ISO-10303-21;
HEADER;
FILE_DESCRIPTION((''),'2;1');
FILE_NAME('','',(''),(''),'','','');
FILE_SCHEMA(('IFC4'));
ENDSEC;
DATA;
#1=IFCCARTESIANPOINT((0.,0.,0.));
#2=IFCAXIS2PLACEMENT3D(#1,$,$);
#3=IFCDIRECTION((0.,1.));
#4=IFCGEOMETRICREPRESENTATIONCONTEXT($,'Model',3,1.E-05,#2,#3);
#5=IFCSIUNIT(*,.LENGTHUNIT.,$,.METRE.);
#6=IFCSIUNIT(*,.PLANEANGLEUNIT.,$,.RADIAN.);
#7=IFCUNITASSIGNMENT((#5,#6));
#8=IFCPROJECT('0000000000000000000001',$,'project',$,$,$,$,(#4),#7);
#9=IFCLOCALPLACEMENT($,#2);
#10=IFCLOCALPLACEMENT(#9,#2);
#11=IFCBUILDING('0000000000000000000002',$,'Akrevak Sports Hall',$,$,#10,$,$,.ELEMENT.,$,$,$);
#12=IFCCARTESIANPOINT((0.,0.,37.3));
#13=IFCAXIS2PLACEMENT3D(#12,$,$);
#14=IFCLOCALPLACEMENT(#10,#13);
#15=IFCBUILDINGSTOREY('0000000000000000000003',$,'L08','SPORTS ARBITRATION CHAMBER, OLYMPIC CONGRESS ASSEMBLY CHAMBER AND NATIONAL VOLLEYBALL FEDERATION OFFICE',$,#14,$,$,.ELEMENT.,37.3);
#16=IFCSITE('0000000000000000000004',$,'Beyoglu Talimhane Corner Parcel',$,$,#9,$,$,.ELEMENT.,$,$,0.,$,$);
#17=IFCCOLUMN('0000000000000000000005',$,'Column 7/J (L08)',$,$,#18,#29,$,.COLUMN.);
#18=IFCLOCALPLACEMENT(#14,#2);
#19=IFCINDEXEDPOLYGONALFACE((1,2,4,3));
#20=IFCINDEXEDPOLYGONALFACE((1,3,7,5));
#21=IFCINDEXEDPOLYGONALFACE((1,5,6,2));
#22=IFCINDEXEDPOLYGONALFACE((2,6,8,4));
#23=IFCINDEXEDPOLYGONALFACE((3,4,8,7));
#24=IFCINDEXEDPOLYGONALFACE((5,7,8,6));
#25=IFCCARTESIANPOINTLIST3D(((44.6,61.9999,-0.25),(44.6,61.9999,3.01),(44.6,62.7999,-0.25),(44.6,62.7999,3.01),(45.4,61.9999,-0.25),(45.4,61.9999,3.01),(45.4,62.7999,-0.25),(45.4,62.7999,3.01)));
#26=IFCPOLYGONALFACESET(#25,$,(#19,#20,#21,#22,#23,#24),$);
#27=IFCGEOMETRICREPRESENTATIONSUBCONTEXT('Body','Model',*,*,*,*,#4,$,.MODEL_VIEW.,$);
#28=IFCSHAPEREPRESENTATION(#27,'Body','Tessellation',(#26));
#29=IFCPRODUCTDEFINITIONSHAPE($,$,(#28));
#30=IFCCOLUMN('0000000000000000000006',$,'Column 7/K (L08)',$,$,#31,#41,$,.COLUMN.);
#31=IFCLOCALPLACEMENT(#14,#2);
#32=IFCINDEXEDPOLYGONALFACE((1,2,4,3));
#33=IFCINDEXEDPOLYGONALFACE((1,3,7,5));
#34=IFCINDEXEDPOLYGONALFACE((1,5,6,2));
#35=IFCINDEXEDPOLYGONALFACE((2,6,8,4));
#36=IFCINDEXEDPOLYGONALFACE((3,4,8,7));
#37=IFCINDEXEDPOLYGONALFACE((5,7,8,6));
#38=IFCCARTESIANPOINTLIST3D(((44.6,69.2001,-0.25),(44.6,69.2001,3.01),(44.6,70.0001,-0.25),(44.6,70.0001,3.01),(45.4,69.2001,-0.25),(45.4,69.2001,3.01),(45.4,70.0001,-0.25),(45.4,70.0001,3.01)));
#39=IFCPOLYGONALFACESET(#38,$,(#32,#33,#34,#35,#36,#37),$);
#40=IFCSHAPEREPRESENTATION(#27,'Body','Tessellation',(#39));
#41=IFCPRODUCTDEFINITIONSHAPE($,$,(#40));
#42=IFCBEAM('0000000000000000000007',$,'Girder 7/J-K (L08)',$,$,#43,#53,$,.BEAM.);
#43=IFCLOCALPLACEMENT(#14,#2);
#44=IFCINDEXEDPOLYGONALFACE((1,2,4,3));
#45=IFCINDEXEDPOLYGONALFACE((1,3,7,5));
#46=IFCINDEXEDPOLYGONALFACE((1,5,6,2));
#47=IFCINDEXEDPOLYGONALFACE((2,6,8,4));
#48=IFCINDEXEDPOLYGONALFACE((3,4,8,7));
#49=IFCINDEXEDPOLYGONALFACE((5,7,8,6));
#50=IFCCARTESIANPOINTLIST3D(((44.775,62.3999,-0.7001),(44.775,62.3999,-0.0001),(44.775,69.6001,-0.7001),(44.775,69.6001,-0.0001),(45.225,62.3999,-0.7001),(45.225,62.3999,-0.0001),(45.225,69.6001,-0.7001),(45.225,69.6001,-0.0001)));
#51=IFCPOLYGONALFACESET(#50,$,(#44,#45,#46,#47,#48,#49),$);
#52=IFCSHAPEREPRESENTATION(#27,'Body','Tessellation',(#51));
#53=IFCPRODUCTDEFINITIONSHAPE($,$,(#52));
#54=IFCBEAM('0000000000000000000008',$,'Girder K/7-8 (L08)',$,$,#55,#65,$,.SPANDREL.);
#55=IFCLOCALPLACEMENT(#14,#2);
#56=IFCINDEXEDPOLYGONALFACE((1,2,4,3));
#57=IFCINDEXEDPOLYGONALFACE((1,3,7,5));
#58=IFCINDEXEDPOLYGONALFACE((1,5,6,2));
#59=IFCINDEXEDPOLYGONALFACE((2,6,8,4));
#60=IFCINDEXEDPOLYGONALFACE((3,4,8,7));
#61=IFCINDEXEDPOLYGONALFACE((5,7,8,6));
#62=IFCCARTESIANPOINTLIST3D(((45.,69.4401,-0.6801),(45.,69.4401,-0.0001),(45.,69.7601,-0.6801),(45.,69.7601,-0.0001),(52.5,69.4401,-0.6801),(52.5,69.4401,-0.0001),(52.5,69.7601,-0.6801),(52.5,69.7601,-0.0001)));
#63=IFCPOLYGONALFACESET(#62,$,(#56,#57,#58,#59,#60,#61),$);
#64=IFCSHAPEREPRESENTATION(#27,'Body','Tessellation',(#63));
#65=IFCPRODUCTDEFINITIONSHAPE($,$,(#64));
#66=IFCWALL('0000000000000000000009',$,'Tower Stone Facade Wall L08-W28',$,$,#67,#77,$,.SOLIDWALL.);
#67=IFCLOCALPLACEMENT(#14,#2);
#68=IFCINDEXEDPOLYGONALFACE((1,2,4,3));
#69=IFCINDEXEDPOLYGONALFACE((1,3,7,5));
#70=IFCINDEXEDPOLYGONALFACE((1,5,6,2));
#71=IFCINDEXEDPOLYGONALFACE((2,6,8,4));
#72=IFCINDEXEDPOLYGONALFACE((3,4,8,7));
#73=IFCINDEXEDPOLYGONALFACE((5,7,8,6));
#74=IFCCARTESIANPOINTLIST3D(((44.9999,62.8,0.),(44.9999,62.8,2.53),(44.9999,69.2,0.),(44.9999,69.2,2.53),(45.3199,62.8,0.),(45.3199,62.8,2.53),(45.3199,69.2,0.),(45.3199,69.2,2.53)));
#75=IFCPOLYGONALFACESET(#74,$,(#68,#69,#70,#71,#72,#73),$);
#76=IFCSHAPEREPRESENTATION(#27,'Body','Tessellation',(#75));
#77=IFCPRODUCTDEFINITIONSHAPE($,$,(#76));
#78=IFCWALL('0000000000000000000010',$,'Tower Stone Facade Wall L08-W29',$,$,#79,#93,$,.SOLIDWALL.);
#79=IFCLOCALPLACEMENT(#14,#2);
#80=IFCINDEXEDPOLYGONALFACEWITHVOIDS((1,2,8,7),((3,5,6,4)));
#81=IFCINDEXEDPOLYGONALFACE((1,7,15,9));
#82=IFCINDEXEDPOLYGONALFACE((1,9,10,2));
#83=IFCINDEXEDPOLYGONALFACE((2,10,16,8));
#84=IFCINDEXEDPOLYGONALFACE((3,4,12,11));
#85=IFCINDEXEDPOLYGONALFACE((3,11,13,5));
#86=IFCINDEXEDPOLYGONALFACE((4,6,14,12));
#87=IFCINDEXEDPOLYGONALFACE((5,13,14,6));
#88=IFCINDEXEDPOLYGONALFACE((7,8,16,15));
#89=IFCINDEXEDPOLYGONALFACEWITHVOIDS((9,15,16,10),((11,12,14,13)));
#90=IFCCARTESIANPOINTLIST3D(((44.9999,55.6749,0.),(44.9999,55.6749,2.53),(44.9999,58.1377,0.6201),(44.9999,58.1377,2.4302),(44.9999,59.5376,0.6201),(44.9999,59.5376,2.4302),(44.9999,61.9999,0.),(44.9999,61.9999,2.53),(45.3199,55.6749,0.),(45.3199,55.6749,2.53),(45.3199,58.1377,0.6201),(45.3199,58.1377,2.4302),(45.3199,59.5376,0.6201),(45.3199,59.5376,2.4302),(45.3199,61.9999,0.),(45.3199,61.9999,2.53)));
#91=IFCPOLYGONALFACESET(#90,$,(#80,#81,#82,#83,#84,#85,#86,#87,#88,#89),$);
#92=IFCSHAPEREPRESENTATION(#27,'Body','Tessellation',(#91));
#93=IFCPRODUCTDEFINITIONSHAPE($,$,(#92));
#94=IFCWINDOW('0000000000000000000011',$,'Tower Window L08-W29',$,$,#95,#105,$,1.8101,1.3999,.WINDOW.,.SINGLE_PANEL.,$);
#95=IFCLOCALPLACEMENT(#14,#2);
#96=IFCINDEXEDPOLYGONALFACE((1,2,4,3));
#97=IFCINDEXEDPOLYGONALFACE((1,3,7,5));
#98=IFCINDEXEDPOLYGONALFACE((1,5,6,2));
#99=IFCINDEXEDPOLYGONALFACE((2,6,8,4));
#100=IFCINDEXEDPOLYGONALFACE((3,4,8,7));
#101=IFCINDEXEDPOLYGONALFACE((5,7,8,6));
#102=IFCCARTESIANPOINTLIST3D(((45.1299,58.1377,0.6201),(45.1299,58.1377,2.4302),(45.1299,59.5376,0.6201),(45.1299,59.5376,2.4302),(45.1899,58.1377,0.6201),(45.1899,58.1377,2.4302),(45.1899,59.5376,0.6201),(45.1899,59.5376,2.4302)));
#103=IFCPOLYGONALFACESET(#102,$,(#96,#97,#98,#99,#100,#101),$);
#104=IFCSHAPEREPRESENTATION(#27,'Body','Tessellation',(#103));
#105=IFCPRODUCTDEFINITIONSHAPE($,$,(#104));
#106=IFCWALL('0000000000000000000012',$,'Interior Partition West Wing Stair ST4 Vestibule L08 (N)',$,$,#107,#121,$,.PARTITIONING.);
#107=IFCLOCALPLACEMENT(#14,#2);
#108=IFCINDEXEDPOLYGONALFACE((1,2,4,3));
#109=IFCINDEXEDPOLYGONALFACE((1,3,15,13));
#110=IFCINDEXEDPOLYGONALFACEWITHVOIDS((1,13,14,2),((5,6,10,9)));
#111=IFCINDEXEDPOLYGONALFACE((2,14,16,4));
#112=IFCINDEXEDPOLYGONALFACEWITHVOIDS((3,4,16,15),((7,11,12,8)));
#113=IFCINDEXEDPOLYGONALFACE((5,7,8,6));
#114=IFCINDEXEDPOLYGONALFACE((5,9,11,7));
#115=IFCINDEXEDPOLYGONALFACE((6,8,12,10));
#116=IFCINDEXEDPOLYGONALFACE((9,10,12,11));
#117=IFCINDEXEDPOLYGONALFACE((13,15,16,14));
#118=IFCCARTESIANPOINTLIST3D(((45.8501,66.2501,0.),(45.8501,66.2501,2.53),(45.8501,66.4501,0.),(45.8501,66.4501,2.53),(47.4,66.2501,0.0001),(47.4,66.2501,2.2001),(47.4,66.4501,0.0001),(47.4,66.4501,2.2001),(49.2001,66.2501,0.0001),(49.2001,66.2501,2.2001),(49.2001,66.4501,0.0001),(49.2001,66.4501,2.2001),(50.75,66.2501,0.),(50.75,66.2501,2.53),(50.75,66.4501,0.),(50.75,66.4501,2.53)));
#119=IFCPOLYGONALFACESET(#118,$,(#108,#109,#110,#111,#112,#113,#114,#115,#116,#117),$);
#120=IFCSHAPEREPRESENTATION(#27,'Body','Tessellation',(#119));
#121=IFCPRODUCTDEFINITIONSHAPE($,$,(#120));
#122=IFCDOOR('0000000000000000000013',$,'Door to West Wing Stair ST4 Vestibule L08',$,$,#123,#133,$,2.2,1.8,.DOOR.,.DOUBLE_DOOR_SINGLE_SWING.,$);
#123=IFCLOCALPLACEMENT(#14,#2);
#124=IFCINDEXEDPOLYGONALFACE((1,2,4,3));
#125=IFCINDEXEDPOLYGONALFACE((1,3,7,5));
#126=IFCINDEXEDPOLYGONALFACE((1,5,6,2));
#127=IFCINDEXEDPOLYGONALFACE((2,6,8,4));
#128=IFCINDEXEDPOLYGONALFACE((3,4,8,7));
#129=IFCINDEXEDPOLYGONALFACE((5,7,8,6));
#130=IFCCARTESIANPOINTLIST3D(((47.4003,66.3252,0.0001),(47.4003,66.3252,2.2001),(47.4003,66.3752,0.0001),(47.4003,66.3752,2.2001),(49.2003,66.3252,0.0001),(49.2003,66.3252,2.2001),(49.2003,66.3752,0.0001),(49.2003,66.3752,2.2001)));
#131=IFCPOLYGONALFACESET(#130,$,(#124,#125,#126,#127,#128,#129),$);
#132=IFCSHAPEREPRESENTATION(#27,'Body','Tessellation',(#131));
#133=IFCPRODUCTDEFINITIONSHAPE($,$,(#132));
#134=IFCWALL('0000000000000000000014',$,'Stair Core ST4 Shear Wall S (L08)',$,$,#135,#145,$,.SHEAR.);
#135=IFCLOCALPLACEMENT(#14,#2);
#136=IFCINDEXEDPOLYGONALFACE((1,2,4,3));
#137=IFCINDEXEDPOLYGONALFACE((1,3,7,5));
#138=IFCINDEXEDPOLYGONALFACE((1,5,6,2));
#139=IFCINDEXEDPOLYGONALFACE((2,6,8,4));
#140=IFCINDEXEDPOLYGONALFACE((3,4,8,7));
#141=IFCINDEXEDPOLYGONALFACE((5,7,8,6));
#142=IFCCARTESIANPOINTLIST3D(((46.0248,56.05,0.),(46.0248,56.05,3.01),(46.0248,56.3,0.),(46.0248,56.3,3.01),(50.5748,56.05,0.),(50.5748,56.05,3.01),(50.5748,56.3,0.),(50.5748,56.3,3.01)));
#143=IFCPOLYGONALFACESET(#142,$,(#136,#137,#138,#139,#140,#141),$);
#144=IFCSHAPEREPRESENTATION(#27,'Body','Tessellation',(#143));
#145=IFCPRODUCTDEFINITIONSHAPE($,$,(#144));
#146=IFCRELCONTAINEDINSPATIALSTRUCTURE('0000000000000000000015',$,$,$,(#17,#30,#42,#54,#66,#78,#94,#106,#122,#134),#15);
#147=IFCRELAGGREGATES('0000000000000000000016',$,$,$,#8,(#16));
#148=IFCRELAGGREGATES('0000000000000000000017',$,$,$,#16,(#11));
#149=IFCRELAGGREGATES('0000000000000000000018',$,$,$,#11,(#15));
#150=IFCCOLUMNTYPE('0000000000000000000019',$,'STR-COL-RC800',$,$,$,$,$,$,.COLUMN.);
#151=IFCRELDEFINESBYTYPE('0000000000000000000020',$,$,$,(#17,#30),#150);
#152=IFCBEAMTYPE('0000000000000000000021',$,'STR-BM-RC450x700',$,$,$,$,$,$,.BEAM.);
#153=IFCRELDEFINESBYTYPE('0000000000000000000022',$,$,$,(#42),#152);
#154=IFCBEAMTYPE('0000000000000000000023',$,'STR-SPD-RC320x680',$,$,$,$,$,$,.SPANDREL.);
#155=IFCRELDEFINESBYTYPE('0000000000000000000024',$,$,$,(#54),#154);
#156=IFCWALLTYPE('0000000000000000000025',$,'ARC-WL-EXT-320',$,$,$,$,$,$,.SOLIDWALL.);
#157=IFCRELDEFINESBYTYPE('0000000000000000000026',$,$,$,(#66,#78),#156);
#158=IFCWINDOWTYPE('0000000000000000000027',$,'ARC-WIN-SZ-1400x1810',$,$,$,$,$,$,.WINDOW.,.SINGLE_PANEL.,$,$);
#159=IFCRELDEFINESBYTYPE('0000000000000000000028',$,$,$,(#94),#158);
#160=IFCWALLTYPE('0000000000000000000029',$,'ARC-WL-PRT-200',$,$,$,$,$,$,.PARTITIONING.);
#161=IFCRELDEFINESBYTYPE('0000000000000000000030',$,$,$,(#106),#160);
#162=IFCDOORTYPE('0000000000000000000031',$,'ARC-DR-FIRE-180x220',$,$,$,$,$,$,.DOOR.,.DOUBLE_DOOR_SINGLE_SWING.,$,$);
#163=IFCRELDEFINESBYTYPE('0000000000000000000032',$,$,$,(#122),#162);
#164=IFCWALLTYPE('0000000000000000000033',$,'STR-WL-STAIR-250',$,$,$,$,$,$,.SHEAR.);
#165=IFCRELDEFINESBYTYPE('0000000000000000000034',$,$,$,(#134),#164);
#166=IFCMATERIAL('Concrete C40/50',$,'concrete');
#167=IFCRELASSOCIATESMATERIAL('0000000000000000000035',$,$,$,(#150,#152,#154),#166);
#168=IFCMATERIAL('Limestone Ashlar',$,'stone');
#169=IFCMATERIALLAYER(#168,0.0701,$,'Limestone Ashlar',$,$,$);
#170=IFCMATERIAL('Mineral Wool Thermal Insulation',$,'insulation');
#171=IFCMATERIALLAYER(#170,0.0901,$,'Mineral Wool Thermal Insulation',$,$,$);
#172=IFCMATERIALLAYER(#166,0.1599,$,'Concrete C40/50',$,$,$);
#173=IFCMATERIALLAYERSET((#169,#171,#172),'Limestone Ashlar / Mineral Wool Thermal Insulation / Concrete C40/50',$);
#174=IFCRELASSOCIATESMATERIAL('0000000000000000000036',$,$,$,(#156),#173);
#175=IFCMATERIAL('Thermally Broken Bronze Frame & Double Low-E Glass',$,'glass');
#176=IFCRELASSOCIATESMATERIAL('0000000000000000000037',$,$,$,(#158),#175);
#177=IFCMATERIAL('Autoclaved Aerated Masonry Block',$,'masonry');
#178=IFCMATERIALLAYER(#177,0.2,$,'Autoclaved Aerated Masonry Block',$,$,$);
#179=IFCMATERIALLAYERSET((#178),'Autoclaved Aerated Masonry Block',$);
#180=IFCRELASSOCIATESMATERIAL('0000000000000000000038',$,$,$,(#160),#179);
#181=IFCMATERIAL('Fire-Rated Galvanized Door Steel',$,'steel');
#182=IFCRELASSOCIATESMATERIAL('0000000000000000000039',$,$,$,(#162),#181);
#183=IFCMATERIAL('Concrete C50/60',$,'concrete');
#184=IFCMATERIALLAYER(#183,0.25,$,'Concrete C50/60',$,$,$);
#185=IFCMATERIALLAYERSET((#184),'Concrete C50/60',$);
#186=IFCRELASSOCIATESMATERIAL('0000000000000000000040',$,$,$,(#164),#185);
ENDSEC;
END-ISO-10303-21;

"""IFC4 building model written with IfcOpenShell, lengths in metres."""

from ifc_helpers import new_model, si_unit, direction, frame, frame_2d, origin, origin_2d, place, context, subcontext, project, spatial, rectangle, extrude, material, layer, layer_set, material_profile, profile_set, type_object, element, fill, save


model = new_model("IFC4")

# Units and contexts
model_context = context("Model", 3, precision=1e-05, world=origin(), true_north=direction((0.0, 1.0)))
body_context = subcontext(model_context, "Body", "Model", "MODEL_VIEW")
ifc_project = project(units=[si_unit("LENGTHUNIT", "METRE"), si_unit("PLANEANGLEUNIT", "RADIAN")], contexts=[model_context])

# Site, building, storey
site_placement = place(None, origin())
site = spatial("IfcSite", under=ifc_project, at=site_placement, Name="Beyoglu Talimhane Corner Parcel", CompositionType="ELEMENT", RefElevation=0.0)
building_placement = place(site_placement, origin())
building = spatial("IfcBuilding", under=site, at=building_placement, Name="Akrevak Sports Hall", CompositionType="ELEMENT")
storey_placement = place(building_placement, frame((0.0, 0.0, 37.3)))
storey = spatial("IfcBuildingStorey", under=building, at=storey_placement, Name="L08", Description="SPORTS ARBITRATION CHAMBER, OLYMPIC CONGRESS ASSEMBLY CHAMBER AND NATIONAL VOLLEYBALL FEDERATION OFFICE", CompositionType="ELEMENT", Elevation=37.3)

# Columns
ifc_material_1 = material(Name="Concrete C40/50", Category="concrete")
ifc_material_profile_1 = material_profile(ifc_material_1, rectangle(XDim=0.8, YDim=0.8, at=origin_2d()), Name="RC 800x800", Category="concrete")
ifc_profile_set_1 = profile_set([ifc_material_profile_1], Name="Concrete C40/50")
column_type = type_object("IfcColumnType", Name="STR-COL-RC800", PredefinedType="COLUMN", material=ifc_profile_set_1)
for number, where, z_axis, x_axis, name in (
    (1, (45.0, 62.3999, -0.25), (0.0, 0.0, 1.0), (1.0, 0.0, 0.0), "Column 7/J (L08)"),
    (2, (45.0, 69.6001, -0.25), (0.0, 0.0, 1.0), (1.0, 0.0, 0.0), "Column 7/K (L08)"),
):
    element("IfcColumn", number, at=place(storey_placement, frame(where, z_axis=z_axis, x_axis=x_axis)), inside=storey, type_object=column_type, Name=name, PredefinedType="COLUMN", context=body_context, shape_type="SweptSolid", body=[
        extrude(rectangle(XDim=0.8, YDim=0.8, at=origin_2d()), origin(), (0.0, 0.0, 1.0), 3.26),
    ])

# Beams
ifc_material_profile_2 = material_profile(ifc_material_1, rectangle(XDim=0.45, YDim=0.7, at=origin_2d()), Name="BM 450x700", Category="concrete")
ifc_profile_set_2 = profile_set([ifc_material_profile_2], Name="Concrete C40/50")
beam_type_1 = type_object("IfcBeamType", Name="STR-BM-RC450x700", PredefinedType="BEAM", material=ifc_profile_set_2)
beam_1_placement = place(storey_placement, frame((45.0, 62.3999, -0.3501), z_axis=(0.0, 1.0, 0.0), x_axis=(-1.0, 0.0, 0.0)))
element("IfcBeam", 3, at=beam_1_placement, inside=storey, type_object=beam_type_1, Name="Girder 7/J-K (L08)", PredefinedType="BEAM", context=body_context, shape_type="SweptSolid", body=[
    extrude(rectangle(XDim=0.45, YDim=0.7, at=origin_2d()), origin(), (0.0, 0.0, 1.0), 7.2002),
])
ifc_material_profile_3 = material_profile(ifc_material_1, rectangle(XDim=0.3201, YDim=0.6799, at=origin_2d()), Name="SPD 320x680", Category="concrete")
ifc_profile_set_3 = profile_set([ifc_material_profile_3], Name="Concrete C40/50")
beam_type_2 = type_object("IfcBeamType", Name="STR-SPD-RC320x680", PredefinedType="SPANDREL", material=ifc_profile_set_3)
beam_2_placement = place(storey_placement, frame((45.0, 69.6001, -0.3401), z_axis=(1.0, 0.0, 0.0), x_axis=(0.0, 1.0, 0.0)))
element("IfcBeam", 4, at=beam_2_placement, inside=storey, type_object=beam_type_2, Name="Girder K/7-8 (L08)", PredefinedType="SPANDREL", context=body_context, shape_type="SweptSolid", body=[
    extrude(rectangle(XDim=0.3201, YDim=0.6799, at=origin_2d()), origin(), (0.0, 0.0, 1.0), 7.5),
])

# Wall
ifc_material_2 = material(Name="Limestone Ashlar", Category="stone")
ifc_layer_1 = layer(ifc_material_2, 0.0701, Name="Limestone Ashlar")
ifc_material_3 = material(Name="Mineral Wool Thermal Insulation", Category="insulation")
ifc_layer_2 = layer(ifc_material_3, 0.0901, Name="Mineral Wool Thermal Insulation")
ifc_layer_3 = layer(ifc_material_1, 0.1599, Name="Concrete C40/50")
ifc_layer_set_1 = layer_set([ifc_layer_1, ifc_layer_2, ifc_layer_3], Name="Limestone Ashlar / Mineral Wool Thermal Insulation / Concrete C40/50")
wall_type_1 = type_object("IfcWallType", Name="ARC-WL-EXT-320", PredefinedType="SOLIDWALL", material=ifc_layer_set_1)
wall_1_placement = place(storey_placement, frame((45.1599, 69.2, 0.0), z_axis=(0.0, 0.0, 1.0), x_axis=(0.0, -1.0, 0.0)))
element("IfcWall", 5, at=wall_1_placement, inside=storey, type_object=wall_type_1, Name="Tower Stone Facade Wall L08-W28", PredefinedType="SOLIDWALL", context=body_context, shape_type="SweptSolid", body=[
    extrude(rectangle(XDim=6.3999, YDim=0.3201, at=frame_2d((3.2, 0.0))), origin(), (0.0, 0.0, 1.0), 2.53),
])

# Wall, opening, window
wall_2_placement = place(storey_placement, frame((45.1599, 62.0, 0.0), z_axis=(0.0, 0.0, 1.0), x_axis=(0.0, -1.0, 0.0)))
wall_2 = element("IfcWall", 6, at=wall_2_placement, inside=storey, type_object=wall_type_1, Name="Tower Stone Facade Wall L08-W29", PredefinedType="SOLIDWALL", context=body_context, shape_type="SweptSolid", body=[
    extrude(rectangle(XDim=6.325, YDim=0.3201, at=frame_2d((3.1626, 0.0))), origin(), (0.0, 0.0, 1.0), 2.53),
])
opening_1_placement = place(wall_2_placement, frame((2.4624, 0.0, 0.6201)))
opening_1 = element("IfcOpeningElement", 7, at=opening_1_placement, cuts=wall_2, PredefinedType="OPENING", context=body_context, shape_type="SweptSolid", body=[
    extrude(rectangle(XDim=1.3999, YDim=1.8101, at=frame_2d((0.7, 0.905))), frame((0.0, 0.1719, 0.0), z_axis=(0.0, -1.0, 0.0), x_axis=(1.0, 0.0, 0.0)), (0.0, 0.0, 1.0), 0.344),
])
ifc_material_4 = material(Name="Thermally Broken Bronze Frame & Double Low-E Glass", Category="glass")
window_type = type_object("IfcWindowType", Name="ARC-WIN-SZ-1400x1810", PartitioningType="SINGLE_PANEL", PredefinedType="WINDOW", material=ifc_material_4)
window_placement = place(opening_1_placement, origin())
window = element("IfcWindow", 8, at=window_placement, inside=storey, type_object=window_type, Name="Tower Window L08-W29", OverallHeight=1.8101, OverallWidth=1.3999, PartitioningType="SINGLE_PANEL", PredefinedType="WINDOW", context=body_context, shape_type="SweptSolid", body=[
    extrude(rectangle(XDim=1.3999, YDim=1.8101, at=frame_2d((0.7, 0.905))), frame((0.0, 0.03, 0.0), z_axis=(0.0, -1.0, 0.0), x_axis=(1.0, 0.0, 0.0)), (0.0, 0.0, 1.0), 0.0601),
])
fill(opening_1, window)

# Wall, opening, door
ifc_material_5 = material(Name="Autoclaved Aerated Masonry Block", Category="masonry")
ifc_layer_4 = layer(ifc_material_5, 0.2, Name="Autoclaved Aerated Masonry Block")
ifc_layer_set_2 = layer_set([ifc_layer_4], Name="Autoclaved Aerated Masonry Block")
wall_type_2 = type_object("IfcWallType", Name="ARC-WL-PRT-200", PredefinedType="PARTITIONING", material=ifc_layer_set_2)
wall_3_placement = place(storey_placement, frame((45.8501, 66.3501, 0.0), z_axis=(0.0, 0.0, 1.0), x_axis=(1.0, 0.0, 0.0)))
wall_3 = element("IfcWall", 9, at=wall_3_placement, inside=storey, type_object=wall_type_2, Name="Interior Partition West Wing Stair ST4 Vestibule L08 (N)", PredefinedType="PARTITIONING", context=body_context, shape_type="SweptSolid", body=[
    extrude(rectangle(XDim=4.8999, YDim=0.2, at=frame_2d((2.45, 0.0))), origin(), (0.0, 0.0, 1.0), 2.53),
])
opening_2_placement = place(wall_3_placement, frame((1.55, 0.0, 0.0)))
opening_2 = element("IfcOpeningElement", 10, at=opening_2_placement, cuts=wall_3, PredefinedType="OPENING", context=body_context, shape_type="SweptSolid", body=[
    extrude(rectangle(XDim=1.8, YDim=2.2, at=frame_2d((0.8999, 1.1001))), frame((0.0, 0.1118, 0.0), z_axis=(0.0, -1.0, 0.0), x_axis=(1.0, 0.0, 0.0)), (0.0, 0.0, 1.0), 0.2239),
])
ifc_material_6 = material(Name="Fire-Rated Galvanized Door Steel", Category="steel")
door_type_1 = type_object("IfcDoorType", Name="ARC-DR-FIRE-180x220", OperationType="DOUBLE_DOOR_SINGLE_SWING", PredefinedType="DOOR", material=ifc_material_6)
door_1_placement = place(opening_2_placement, frame((1.8, 0.0, 0.0), z_axis=(0.0, 0.0, 1.0), x_axis=(-1.0, 0.0, 0.0)))
door_1 = element("IfcDoor", 11, at=door_1_placement, inside=storey, type_object=door_type_1, Name="Door to West Wing Stair ST4 Vestibule L08", OperationType="DOUBLE_DOOR_SINGLE_SWING", OverallHeight=2.2, OverallWidth=1.8, PredefinedType="DOOR", context=body_context, shape_type="SweptSolid", body=[
    extrude(rectangle(XDim=1.8, YDim=2.2, at=frame_2d((0.8999, 1.1001))), frame((0.0, 0.0249, 0.0), z_axis=(0.0, -1.0, 0.0), x_axis=(1.0, 0.0, 0.0)), (0.0, 0.0, 1.0), 0.05),
])
fill(opening_2, door_1)

# Wall
ifc_material_7 = material(Name="Concrete C50/60", Category="concrete")
ifc_layer_5 = layer(ifc_material_7, 0.25, Name="Concrete C50/60")
ifc_layer_set_3 = layer_set([ifc_layer_5], Name="Concrete C50/60")
wall_type_3 = type_object("IfcWallType", Name="STR-WL-STAIR-250", PredefinedType="SHEAR", material=ifc_layer_set_3)
wall_4_placement = place(storey_placement, frame((46.0249, 56.175, 0.0), z_axis=(0.0, 0.0, 1.0), x_axis=(1.0, 0.0, 0.0)))
element("IfcWall", 12, at=wall_4_placement, inside=storey, type_object=wall_type_3, Name="Stair Core ST4 Shear Wall S (L08)", PredefinedType="SHEAR", context=body_context, shape_type="SweptSolid", body=[
    extrude(rectangle(XDim=4.55, YDim=0.25, at=frame_2d((2.2749, 0.0))), origin(), (0.0, 0.0, 1.0), 3.01),
])

save(model, "model.ifc")
